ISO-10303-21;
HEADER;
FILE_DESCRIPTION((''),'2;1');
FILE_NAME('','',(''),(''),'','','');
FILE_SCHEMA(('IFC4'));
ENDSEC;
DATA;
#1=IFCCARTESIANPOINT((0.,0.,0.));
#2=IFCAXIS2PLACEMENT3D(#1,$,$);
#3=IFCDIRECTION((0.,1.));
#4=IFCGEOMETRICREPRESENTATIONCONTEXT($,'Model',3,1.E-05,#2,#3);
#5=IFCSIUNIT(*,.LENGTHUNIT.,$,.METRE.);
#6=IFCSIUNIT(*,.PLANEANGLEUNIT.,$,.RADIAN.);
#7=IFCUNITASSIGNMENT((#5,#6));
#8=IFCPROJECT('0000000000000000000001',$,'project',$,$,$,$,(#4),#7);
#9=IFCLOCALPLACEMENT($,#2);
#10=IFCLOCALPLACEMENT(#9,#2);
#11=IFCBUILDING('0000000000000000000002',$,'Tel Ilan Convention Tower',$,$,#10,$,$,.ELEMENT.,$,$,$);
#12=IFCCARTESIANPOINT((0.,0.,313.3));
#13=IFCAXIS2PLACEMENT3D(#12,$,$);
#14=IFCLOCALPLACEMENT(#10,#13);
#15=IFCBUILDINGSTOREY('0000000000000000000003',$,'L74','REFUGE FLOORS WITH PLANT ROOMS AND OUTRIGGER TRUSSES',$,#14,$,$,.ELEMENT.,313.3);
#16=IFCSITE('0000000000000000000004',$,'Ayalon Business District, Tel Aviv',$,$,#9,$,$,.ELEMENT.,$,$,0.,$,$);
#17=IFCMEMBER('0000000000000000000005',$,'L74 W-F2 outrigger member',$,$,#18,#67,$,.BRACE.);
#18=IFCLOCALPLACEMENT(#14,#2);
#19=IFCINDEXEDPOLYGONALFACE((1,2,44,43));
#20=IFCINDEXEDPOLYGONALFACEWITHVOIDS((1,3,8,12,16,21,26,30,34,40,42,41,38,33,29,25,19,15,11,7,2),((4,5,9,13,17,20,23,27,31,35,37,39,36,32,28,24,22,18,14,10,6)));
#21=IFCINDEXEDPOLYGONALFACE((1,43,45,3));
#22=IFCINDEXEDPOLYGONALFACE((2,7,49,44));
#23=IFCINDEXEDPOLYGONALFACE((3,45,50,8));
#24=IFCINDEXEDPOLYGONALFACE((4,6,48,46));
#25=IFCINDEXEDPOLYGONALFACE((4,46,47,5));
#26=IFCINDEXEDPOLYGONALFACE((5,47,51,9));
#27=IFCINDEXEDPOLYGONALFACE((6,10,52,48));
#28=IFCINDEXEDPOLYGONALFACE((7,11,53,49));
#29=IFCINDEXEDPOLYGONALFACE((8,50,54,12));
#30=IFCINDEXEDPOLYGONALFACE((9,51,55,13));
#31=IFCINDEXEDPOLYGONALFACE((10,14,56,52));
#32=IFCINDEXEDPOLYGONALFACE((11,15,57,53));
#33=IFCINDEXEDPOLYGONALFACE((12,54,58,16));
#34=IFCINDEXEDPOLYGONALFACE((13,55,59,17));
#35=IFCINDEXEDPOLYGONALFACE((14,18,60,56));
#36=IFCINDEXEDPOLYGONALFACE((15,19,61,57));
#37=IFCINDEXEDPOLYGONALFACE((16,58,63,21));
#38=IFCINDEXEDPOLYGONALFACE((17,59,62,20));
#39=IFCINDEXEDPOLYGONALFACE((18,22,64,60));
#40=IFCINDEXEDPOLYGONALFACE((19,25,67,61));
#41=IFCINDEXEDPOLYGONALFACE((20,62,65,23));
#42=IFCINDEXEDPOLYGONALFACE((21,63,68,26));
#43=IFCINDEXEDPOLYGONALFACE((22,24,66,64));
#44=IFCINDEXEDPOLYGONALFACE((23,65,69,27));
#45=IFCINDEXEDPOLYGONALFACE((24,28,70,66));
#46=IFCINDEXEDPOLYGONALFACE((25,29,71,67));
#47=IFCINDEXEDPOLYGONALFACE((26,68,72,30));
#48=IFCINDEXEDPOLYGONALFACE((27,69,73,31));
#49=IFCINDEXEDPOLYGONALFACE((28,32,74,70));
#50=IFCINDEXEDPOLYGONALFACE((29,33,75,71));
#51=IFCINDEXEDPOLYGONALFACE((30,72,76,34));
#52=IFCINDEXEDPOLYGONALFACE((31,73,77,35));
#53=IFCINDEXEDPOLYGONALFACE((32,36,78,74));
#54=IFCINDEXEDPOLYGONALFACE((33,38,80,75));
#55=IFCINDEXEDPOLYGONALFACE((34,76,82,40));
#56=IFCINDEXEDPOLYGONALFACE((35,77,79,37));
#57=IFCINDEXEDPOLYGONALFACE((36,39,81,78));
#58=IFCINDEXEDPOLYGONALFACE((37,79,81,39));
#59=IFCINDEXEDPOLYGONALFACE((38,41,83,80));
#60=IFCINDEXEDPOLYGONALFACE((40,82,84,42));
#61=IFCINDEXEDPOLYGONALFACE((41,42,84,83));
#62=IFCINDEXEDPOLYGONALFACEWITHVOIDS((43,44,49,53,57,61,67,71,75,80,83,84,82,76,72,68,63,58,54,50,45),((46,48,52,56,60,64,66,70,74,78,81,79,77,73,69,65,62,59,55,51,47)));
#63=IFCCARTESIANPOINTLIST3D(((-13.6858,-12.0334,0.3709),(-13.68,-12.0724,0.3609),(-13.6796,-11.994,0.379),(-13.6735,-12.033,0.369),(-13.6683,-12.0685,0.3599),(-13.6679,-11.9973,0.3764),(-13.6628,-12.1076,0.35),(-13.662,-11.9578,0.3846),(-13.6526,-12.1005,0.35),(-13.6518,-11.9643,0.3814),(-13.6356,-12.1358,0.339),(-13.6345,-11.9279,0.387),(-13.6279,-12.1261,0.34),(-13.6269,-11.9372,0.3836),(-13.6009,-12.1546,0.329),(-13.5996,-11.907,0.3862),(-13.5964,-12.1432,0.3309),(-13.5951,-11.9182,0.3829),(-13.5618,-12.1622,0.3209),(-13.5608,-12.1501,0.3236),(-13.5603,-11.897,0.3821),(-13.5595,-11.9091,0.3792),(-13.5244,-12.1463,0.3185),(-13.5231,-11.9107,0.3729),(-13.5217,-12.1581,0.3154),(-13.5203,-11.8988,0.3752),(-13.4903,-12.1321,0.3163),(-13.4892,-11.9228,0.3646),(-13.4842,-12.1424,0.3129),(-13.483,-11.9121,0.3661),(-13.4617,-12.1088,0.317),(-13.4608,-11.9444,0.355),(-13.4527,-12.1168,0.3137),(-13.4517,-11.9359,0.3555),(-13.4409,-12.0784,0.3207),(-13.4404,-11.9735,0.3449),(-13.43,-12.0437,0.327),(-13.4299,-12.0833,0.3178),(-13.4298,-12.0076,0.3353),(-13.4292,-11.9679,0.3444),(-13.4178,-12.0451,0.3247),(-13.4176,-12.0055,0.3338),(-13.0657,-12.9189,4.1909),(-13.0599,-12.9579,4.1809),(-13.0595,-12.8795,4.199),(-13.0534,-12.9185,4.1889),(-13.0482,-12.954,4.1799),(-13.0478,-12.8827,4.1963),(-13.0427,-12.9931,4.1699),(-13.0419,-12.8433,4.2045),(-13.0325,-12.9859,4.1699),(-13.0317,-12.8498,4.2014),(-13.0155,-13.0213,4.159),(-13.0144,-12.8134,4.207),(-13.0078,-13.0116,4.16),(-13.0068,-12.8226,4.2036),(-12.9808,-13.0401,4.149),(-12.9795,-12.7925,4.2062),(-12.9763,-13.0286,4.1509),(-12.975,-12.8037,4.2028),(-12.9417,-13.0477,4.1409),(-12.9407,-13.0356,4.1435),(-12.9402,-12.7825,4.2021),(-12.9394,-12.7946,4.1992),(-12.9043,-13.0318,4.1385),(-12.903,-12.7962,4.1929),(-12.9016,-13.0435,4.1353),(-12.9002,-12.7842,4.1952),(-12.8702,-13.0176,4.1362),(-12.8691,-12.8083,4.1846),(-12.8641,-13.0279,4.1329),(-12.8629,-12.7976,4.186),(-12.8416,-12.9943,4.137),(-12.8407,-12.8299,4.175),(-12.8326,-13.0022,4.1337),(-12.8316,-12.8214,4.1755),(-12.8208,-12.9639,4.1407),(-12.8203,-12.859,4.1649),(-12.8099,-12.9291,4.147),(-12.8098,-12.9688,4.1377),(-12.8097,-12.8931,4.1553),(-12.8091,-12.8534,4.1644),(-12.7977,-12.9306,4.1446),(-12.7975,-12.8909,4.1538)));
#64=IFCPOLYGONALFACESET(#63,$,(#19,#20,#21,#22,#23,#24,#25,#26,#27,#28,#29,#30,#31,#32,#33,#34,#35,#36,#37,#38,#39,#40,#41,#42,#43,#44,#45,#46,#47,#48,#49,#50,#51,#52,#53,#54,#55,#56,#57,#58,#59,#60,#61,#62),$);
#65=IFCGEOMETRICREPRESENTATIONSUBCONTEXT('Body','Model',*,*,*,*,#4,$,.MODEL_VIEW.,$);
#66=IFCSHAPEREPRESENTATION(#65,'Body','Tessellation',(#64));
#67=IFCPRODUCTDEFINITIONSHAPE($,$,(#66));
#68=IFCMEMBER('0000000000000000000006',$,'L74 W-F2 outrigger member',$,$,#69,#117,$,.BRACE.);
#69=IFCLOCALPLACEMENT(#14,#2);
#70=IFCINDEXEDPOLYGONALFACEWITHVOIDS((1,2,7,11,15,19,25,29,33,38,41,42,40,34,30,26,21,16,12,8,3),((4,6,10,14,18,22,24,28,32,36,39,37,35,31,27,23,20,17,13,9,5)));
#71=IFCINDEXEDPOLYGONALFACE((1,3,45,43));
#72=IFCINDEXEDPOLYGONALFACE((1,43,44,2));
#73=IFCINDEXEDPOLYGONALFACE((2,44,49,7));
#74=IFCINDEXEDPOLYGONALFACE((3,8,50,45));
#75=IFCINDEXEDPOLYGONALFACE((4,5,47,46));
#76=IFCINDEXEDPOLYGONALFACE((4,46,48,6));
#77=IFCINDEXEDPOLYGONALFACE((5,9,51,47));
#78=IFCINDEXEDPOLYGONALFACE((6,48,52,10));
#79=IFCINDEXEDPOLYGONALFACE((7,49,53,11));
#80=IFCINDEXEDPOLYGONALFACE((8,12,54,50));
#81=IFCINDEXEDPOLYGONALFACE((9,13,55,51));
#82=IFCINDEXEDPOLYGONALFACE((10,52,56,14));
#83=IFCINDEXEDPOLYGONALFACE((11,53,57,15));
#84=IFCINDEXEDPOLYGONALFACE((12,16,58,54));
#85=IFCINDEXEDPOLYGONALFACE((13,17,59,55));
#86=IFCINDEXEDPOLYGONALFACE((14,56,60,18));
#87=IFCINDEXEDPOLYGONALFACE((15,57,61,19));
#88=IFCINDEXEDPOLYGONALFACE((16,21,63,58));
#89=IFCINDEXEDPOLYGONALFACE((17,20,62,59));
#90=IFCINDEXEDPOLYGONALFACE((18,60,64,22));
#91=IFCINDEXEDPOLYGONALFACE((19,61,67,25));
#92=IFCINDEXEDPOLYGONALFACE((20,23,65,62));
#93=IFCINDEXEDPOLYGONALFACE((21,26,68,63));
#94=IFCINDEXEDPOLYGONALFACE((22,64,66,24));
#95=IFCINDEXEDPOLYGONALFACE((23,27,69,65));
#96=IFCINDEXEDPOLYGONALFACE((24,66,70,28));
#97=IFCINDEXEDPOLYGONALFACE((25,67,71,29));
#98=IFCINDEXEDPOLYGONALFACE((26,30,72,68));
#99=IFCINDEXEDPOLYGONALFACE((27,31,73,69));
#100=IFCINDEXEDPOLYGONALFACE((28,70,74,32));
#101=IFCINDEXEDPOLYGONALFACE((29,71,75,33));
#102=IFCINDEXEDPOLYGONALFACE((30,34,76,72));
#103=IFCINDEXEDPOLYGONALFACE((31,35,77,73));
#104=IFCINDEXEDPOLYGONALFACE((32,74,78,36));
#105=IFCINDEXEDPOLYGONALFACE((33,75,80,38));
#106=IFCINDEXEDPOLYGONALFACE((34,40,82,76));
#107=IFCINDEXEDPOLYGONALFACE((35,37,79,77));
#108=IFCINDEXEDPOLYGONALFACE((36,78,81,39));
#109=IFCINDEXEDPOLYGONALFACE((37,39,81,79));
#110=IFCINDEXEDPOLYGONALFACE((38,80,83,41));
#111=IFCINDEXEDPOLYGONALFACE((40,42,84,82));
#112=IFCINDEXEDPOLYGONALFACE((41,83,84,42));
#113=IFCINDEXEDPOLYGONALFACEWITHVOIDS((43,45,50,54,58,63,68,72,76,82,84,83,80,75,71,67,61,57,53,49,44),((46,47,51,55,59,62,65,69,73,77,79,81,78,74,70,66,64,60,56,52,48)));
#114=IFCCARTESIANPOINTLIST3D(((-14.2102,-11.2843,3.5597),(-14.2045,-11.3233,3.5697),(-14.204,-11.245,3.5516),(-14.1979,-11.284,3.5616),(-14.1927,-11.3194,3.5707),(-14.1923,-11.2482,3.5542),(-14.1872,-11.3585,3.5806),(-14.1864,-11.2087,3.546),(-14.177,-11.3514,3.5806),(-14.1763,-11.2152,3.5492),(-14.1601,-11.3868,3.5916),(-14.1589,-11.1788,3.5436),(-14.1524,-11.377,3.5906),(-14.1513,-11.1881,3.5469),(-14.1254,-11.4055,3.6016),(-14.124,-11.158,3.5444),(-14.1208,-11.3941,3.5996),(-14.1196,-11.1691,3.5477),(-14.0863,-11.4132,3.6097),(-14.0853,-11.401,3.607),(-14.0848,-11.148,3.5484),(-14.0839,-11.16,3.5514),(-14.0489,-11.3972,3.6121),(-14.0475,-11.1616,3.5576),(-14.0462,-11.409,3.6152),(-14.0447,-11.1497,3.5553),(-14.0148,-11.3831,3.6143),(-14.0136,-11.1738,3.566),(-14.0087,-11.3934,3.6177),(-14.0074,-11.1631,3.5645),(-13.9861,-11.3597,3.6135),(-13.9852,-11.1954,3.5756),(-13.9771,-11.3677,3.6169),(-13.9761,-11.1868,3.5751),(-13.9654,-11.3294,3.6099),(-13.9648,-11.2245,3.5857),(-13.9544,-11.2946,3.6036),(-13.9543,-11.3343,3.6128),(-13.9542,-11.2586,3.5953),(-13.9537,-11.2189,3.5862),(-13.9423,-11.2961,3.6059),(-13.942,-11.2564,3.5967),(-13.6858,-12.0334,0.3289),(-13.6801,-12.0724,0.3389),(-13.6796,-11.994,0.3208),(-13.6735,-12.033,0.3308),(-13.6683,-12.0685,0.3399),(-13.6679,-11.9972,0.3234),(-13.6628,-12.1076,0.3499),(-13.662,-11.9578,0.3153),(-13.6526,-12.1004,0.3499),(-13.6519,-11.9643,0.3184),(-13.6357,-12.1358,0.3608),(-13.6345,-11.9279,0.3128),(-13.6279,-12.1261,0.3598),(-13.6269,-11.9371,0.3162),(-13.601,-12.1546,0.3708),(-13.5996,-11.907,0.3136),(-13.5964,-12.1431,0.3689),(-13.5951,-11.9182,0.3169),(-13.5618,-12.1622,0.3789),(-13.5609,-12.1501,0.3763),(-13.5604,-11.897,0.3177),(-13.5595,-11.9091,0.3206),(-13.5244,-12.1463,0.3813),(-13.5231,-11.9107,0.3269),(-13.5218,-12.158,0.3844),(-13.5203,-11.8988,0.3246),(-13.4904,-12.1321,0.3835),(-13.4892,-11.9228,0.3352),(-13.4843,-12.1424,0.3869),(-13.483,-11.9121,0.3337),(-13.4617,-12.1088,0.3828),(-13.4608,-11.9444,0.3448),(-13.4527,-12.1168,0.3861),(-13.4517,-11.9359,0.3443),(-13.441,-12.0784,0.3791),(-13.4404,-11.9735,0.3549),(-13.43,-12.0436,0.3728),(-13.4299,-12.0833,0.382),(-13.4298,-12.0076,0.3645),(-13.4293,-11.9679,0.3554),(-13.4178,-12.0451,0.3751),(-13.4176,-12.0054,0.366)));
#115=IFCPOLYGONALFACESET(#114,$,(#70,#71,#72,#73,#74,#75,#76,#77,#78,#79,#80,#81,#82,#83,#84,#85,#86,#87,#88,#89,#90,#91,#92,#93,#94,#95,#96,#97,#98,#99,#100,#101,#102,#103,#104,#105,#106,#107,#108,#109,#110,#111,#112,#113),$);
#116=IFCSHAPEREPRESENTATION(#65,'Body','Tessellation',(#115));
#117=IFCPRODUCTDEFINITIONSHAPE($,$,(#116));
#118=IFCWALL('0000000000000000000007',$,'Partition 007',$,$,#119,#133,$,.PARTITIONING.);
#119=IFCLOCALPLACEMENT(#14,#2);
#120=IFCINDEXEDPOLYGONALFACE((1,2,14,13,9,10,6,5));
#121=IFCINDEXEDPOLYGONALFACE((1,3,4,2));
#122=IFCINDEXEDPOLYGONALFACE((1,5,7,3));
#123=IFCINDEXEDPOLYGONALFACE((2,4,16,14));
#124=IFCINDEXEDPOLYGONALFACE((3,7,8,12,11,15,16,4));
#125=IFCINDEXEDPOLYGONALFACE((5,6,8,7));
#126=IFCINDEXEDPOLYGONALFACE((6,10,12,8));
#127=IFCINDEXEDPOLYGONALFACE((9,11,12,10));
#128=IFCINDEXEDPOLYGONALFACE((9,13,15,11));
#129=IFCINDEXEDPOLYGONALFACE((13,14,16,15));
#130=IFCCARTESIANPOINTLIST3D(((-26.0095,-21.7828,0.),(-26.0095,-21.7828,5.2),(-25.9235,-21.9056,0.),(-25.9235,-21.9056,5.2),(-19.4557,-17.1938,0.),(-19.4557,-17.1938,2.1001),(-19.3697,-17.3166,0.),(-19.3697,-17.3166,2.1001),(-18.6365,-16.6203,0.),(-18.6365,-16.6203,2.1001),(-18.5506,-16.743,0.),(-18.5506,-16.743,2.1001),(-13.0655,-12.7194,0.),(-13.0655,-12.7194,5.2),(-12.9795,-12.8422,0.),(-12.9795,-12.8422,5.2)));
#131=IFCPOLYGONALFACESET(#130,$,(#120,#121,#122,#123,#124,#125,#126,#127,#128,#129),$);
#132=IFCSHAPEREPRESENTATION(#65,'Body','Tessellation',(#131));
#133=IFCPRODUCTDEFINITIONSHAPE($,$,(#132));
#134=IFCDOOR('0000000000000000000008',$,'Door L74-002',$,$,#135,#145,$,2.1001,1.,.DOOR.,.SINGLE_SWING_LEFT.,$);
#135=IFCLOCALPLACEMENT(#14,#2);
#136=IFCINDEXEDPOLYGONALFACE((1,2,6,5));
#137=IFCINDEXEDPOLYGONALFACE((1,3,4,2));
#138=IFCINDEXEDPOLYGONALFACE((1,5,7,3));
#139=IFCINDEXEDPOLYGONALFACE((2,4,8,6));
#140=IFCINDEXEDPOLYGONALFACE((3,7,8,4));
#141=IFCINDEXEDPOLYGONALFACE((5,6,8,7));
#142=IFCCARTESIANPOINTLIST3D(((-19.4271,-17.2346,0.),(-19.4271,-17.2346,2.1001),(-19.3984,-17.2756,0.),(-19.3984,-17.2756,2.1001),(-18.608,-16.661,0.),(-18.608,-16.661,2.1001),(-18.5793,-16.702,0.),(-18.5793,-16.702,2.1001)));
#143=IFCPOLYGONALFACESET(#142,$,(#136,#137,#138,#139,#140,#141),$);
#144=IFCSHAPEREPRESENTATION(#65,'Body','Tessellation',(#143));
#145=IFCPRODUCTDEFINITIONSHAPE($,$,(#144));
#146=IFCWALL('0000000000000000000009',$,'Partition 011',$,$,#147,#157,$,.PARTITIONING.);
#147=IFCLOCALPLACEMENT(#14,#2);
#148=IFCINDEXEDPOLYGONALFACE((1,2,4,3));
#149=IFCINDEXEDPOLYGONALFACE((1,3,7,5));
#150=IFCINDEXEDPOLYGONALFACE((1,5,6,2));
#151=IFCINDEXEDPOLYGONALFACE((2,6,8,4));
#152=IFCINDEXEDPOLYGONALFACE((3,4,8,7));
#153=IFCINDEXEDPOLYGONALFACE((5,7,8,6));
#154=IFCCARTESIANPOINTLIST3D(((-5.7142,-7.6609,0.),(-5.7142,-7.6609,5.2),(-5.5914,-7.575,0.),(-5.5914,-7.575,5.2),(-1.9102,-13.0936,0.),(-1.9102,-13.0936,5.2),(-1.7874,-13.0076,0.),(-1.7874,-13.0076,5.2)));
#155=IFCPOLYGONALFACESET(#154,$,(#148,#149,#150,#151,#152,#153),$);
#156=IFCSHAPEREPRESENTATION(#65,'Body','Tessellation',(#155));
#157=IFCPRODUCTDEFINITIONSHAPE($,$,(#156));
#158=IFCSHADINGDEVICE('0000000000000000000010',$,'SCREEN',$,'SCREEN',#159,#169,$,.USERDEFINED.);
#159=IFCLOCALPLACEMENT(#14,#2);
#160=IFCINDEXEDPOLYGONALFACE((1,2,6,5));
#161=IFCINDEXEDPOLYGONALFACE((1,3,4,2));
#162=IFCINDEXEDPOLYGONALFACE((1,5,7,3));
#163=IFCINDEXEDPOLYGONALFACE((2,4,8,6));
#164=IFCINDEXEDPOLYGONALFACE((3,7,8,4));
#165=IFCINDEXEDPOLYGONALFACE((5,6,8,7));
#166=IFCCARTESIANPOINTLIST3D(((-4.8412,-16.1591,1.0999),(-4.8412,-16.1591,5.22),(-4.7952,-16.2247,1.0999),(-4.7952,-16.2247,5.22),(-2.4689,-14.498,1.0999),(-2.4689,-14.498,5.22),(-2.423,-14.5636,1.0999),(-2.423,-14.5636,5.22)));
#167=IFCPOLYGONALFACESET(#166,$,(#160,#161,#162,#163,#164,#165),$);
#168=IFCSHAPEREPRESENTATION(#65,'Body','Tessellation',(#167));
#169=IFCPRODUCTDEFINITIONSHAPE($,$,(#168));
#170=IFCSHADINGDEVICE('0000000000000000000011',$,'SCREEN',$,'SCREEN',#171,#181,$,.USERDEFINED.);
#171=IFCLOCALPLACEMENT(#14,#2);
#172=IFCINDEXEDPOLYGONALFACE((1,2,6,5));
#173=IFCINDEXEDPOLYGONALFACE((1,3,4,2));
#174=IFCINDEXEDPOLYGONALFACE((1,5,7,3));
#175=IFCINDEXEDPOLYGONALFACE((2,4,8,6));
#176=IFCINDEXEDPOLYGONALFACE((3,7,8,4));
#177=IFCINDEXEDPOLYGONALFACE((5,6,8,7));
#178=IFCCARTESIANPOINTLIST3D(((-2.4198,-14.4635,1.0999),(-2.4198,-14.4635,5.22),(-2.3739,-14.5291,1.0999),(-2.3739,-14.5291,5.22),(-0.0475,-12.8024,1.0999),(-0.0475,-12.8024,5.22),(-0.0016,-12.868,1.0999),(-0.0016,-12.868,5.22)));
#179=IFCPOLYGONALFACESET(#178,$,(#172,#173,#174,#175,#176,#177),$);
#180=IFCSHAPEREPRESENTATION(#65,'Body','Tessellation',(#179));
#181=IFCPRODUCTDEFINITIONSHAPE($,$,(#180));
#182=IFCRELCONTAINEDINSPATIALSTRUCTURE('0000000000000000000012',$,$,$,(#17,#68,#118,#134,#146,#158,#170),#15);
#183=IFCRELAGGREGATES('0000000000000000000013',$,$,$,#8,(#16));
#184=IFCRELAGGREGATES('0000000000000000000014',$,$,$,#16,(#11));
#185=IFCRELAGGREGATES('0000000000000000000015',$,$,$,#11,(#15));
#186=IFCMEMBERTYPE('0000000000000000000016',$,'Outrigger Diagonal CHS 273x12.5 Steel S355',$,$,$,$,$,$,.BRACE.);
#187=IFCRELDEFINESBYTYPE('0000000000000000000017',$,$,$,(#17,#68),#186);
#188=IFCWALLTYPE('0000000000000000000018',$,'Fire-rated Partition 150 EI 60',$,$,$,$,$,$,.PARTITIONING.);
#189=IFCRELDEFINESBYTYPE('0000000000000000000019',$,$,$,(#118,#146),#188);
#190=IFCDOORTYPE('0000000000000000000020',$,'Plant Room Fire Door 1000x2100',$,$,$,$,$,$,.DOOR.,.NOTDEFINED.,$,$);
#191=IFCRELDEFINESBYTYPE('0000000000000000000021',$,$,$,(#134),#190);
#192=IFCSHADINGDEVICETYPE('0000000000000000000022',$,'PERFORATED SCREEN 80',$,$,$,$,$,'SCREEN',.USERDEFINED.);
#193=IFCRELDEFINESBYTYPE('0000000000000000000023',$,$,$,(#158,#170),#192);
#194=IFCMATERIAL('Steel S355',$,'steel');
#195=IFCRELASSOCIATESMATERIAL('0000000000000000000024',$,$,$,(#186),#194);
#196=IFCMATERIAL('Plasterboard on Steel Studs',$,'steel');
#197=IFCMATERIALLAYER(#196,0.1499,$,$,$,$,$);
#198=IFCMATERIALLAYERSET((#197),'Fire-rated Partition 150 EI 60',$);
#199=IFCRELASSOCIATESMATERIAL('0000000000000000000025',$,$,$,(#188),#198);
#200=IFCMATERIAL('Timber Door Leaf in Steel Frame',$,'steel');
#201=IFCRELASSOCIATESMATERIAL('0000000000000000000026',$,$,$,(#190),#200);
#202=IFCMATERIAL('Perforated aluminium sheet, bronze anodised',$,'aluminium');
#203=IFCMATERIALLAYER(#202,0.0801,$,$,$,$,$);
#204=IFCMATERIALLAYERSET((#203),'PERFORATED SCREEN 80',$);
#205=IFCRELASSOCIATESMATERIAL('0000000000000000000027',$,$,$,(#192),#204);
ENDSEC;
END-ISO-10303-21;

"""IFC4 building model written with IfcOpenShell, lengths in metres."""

from ifc_helpers import new_model, si_unit, direction, frame, frame_2d, origin, origin_2d, place, context, subcontext, project, spatial, rectangle, hollow_circle, extrude, material, layer, layer_set, material_profile, profile_set, type_object, element, fill, save


model = new_model("IFC4")

# Units and contexts
model_context = context("Model", 3, precision=1e-05, world=origin(), true_north=direction((0.0, 1.0)))
body_context = subcontext(model_context, "Body", "Model", "MODEL_VIEW")
ifc_project = project(units=[si_unit("LENGTHUNIT", "METRE"), si_unit("PLANEANGLEUNIT", "RADIAN")], contexts=[model_context])

# Site, building, storey
site_placement = place(None, origin())
site = spatial("IfcSite", under=ifc_project, at=site_placement, Name="Ayalon Business District, Tel Aviv", CompositionType="ELEMENT", RefElevation=0.0)
building_placement = place(site_placement, origin())
building = spatial("IfcBuilding", under=site, at=building_placement, Name="Tel Ilan Convention Tower", CompositionType="ELEMENT")
storey_placement = place(building_placement, frame((0.0, 0.0, 313.3)))
storey = spatial("IfcBuildingStorey", under=building, at=storey_placement, Name="L74", Description="REFUGE FLOORS WITH PLANT ROOMS AND OUTRIGGER TRUSSES", CompositionType="ELEMENT", Elevation=313.3)

# Members
ifc_material_1 = material(Name="Steel S355", Category="steel")
ifc_material_profile_1 = material_profile(ifc_material_1, hollow_circle(Radius=0.1365, WallThickness=0.0125, at=origin_2d()), Name="CHS 273x12.5")
ifc_profile_set_1 = profile_set([ifc_material_profile_1], Name="Steel S355")
member_type_1 = type_object("IfcMemberType", Name="Outrigger Diagonal CHS 273x12.5 Steel S355", PredefinedType="BRACE", material=ifc_profile_set_1)
member_1_placement = place(storey_placement, frame((-12.9309, -12.9148, 4.1699), z_axis=(-0.156197, 0.223043, -0.962213), x_axis=(-0.819115, -0.573629, 0.0)))
element("IfcMember", 1, at=member_1_placement, inside=storey, type_object=member_type_1, Name="L74 W-F2 outrigger member", PredefinedType="BRACE", context=body_context, shape_type="SweptSolid", body=[
    extrude(hollow_circle(Radius=0.1365, WallThickness=0.0125, at=origin_2d()), origin(), (0.0, 0.0, 1.0), 3.97),
])
member_2_placement = place(storey_placement, frame((-13.551, -12.0293, 0.3499), z_axis=(-0.156187, 0.223082, 0.962206), x_axis=(-0.819182, -0.573534, 0.0)))
element("IfcMember", 2, at=member_2_placement, inside=storey, type_object=member_type_1, Name="L74 W-F2 outrigger member", PredefinedType="BRACE", context=body_context, shape_type="SweptSolid", body=[
    extrude(hollow_circle(Radius=0.1365, WallThickness=0.0125, at=origin_2d()), origin(), (0.0, 0.0, 1.0), 3.3577),
])

# Wall, opening, door
ifc_material_2 = material(Name="Plasterboard on Steel Studs", Category="steel")
ifc_layer_1 = layer(ifc_material_2, 0.1499)
ifc_layer_set_1 = layer_set([ifc_layer_1], Name="Fire-rated Partition 150 EI 60")
wall_type = type_object("IfcWallType", Name="Fire-rated Partition 150 EI 60", PredefinedType="PARTITIONING", material=ifc_layer_set_1)
wall_1_placement = place(storey_placement, frame((-13.0225, -12.7808, 0.0), z_axis=(0.0, 0.0, 1.0), x_axis=(-0.819154, -0.573573, 0.0)))
wall_1 = element("IfcWall", 3, at=wall_1_placement, inside=storey, type_object=wall_type, Name="Partition 007", PredefinedType="PARTITIONING", context=body_context, shape_type="SweptSolid", body=[
    extrude(rectangle(XDim=15.8018, YDim=0.1499, at=frame_2d((7.9009, 0.0))), origin(), (0.0, 0.0, 1.0), 5.2),
])
opening_placement = place(wall_1_placement, frame((6.801, 0.0, 0.0)))
opening = element("IfcOpeningElement", 4, at=opening_placement, cuts=wall_1, PredefinedType="OPENING", context=body_context, shape_type="SweptSolid", body=[
    extrude(rectangle(XDim=1.0, YDim=2.1001, at=frame_2d((0.5, 1.05))), frame((0.0, 0.085, 0.0), z_axis=(0.0, -1.0, 0.0), x_axis=(1.0, 0.0, 0.0)), (0.0, 0.0, 1.0), 0.1699),
])
ifc_material_3 = material(Name="Timber Door Leaf in Steel Frame", Category="steel")
door_type = type_object("IfcDoorType", Name="Plant Room Fire Door 1000x2100", OperationType="NOTDEFINED", PredefinedType="DOOR", material=ifc_material_3)
door_placement = place(opening_placement, origin())
door = element("IfcDoor", 5, at=door_placement, inside=storey, type_object=door_type, Name="Door L74-002", OperationType="SINGLE_SWING_LEFT", OverallHeight=2.1001, OverallWidth=1.0, PredefinedType="DOOR", context=body_context, shape_type="SweptSolid", body=[
    extrude(rectangle(XDim=1.0, YDim=2.1001, at=frame_2d((0.5, 1.05))), frame((0.0, 0.0249, 0.0), z_axis=(0.0, -1.0, 0.0), x_axis=(1.0, 0.0, 0.0)), (0.0, 0.0, 1.0), 0.05),
])
fill(opening, door)

# Wall
wall_2_placement = place(storey_placement, frame((-1.8489, -13.0505, 0.0), z_axis=(0.0, 0.0, 1.0), x_axis=(-0.573576, 0.819152, 0.0)))
element("IfcWall", 6, at=wall_2_placement, inside=storey, type_object=wall_type, Name="Partition 011", PredefinedType="PARTITIONING", context=body_context, shape_type="SweptSolid", body=[
    extrude(rectangle(XDim=6.6321, YDim=0.1499, at=frame_2d((3.3159, 0.0))), origin(), (0.0, 0.0, 1.0), 5.2),
])

# Shading devices
ifc_material_4 = material(Name="Perforated aluminium sheet, bronze anodised", Category="aluminium")
ifc_layer_2 = layer(ifc_material_4, 0.0801)
ifc_layer_set_2 = layer_set([ifc_layer_2], Name="PERFORATED SCREEN 80")
shading_device_type_1 = type_object("IfcShadingDeviceType", Name="PERFORATED SCREEN 80", ElementType="SCREEN", PredefinedType="USERDEFINED", material=ifc_layer_set_2)
for number, where, z_axis, x_axis, name in (
    (7, (-3.6321, -15.3613, 1.0999), (0.0, 0.0, 1.0), (0.819152, 0.573576, 0.0), "SCREEN"),
    (8, (-1.2107, -13.6658, 1.0999), (0.0, 0.0, 1.0), (0.819152, 0.573576, 0.0), "SCREEN"),
):
    element("IfcShadingDevice", number, at=place(storey_placement, frame(where, z_axis=z_axis, x_axis=x_axis)), inside=storey, type_object=shading_device_type_1, Name=name, ObjectType="SCREEN", PredefinedType="USERDEFINED", context=body_context, shape_type="SweptSolid", body=[
        extrude(rectangle(XDim=2.896, YDim=0.0801, at=origin_2d()), origin(), (0.0, 0.0, 1.0), 4.1201),
    ])

save(model, "model.ifc")
